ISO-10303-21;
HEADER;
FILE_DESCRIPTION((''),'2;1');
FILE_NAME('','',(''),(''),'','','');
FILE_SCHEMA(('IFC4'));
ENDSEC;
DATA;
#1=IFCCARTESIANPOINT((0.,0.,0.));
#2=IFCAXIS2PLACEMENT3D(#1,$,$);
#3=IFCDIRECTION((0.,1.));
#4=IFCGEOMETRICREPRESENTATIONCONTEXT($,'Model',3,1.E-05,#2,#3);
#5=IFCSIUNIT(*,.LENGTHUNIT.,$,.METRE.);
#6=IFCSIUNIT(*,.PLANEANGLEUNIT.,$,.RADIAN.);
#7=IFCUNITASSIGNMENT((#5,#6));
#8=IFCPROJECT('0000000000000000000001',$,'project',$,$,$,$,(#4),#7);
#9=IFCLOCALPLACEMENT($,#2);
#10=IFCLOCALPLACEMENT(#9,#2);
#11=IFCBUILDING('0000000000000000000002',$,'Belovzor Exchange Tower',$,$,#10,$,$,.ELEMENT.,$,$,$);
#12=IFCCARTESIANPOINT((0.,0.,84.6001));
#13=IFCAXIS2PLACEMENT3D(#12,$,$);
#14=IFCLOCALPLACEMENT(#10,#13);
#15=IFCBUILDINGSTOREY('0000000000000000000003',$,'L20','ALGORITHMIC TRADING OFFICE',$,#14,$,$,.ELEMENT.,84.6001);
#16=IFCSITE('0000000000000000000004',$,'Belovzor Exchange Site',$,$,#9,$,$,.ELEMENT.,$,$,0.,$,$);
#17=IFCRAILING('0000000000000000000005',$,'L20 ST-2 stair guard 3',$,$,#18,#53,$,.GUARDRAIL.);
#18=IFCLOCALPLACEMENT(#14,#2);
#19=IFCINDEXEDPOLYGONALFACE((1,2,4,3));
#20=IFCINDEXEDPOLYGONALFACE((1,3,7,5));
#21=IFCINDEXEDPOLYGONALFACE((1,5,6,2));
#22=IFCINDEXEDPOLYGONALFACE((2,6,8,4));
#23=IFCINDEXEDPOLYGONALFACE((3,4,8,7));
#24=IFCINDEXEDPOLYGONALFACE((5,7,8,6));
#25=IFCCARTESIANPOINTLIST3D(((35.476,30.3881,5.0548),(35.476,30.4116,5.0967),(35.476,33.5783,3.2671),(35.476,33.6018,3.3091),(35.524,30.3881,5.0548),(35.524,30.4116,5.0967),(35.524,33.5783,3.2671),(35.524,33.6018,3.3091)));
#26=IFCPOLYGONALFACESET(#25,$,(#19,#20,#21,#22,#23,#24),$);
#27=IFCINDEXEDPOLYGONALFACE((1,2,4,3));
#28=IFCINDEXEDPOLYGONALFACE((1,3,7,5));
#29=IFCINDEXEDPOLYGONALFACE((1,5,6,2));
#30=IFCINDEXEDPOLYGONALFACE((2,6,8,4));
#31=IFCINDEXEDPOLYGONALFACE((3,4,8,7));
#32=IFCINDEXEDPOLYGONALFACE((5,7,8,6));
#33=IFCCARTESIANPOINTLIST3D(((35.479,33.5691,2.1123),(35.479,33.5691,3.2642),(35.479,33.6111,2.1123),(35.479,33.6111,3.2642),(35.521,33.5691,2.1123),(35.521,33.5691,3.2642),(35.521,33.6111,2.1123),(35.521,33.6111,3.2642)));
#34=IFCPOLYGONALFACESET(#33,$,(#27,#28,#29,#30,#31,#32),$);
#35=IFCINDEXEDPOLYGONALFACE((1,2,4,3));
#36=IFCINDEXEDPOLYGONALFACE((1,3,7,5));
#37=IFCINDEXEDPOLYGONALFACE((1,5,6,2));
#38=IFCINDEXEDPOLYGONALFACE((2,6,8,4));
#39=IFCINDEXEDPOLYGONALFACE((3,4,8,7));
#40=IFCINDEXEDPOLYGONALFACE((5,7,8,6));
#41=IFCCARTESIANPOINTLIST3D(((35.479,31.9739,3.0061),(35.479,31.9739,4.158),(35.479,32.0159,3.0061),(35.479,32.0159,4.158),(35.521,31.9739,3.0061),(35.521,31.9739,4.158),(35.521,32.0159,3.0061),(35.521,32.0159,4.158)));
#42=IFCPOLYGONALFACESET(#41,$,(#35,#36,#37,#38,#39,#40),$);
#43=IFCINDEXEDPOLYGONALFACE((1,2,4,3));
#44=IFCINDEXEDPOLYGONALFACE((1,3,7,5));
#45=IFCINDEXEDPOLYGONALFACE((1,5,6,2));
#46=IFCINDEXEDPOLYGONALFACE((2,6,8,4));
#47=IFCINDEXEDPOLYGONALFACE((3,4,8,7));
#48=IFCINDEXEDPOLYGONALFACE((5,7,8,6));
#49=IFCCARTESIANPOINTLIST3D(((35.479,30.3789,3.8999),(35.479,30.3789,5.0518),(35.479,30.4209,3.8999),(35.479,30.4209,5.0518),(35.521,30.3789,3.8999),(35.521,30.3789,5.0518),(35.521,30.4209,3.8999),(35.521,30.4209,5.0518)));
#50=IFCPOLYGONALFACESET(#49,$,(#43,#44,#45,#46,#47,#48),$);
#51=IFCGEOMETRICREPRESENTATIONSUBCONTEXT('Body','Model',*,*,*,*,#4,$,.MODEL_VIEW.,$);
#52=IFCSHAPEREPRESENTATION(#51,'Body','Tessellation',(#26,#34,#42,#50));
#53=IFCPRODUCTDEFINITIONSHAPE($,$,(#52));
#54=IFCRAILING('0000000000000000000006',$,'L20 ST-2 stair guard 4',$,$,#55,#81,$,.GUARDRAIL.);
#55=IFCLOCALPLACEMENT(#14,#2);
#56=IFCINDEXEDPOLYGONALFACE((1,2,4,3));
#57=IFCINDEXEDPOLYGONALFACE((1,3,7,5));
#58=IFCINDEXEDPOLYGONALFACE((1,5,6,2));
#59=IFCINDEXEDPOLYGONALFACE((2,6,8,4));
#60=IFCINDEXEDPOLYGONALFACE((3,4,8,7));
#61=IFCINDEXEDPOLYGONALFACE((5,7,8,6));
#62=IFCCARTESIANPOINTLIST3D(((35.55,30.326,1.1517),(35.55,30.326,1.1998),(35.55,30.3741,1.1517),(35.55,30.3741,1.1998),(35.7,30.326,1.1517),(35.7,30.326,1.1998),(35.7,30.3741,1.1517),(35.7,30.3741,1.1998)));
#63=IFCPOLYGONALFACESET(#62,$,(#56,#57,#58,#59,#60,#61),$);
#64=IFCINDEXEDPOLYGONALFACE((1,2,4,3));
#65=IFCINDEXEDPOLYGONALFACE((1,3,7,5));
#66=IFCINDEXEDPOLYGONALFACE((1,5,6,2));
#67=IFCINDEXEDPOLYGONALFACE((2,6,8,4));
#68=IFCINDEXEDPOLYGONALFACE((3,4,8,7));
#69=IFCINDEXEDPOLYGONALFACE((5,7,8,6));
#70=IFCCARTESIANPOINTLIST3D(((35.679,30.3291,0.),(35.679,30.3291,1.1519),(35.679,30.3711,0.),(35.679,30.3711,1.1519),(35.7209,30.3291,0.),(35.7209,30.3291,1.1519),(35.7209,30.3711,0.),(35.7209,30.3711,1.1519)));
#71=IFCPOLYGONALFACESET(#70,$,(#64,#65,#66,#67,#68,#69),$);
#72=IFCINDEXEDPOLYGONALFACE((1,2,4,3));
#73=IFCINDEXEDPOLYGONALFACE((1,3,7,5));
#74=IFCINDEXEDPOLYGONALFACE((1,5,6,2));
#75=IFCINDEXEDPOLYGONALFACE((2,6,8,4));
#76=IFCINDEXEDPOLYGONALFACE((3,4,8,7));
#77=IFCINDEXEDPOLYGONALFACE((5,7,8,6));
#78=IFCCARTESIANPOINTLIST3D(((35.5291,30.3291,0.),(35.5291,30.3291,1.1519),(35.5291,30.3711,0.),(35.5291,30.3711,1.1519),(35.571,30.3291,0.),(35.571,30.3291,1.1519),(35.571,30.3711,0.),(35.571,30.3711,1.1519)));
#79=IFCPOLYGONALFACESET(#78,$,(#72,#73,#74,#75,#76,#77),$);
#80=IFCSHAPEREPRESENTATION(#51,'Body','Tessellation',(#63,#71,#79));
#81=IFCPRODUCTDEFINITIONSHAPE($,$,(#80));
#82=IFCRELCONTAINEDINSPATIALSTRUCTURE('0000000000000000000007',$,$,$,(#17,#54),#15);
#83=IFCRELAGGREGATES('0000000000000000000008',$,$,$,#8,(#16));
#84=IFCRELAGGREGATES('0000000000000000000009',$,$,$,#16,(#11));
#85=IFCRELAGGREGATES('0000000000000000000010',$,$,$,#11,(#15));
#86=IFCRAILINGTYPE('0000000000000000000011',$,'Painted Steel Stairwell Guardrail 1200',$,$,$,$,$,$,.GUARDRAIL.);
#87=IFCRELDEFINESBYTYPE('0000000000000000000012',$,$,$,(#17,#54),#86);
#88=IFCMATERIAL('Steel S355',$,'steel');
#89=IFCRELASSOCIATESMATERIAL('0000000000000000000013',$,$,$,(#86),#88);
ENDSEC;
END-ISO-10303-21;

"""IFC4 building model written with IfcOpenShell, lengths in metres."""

from ifc_helpers import new_model, si_unit, direction, frame, origin, origin_2d, place, context, subcontext, project, spatial, rectangle, extrude, material, type_object, element, save


model = new_model("IFC4")

# Units and contexts
model_context = context("Model", 3, precision=1e-05, world=origin(), true_north=direction((0.0, 1.0)))
body_context = subcontext(model_context, "Body", "Model", "MODEL_VIEW")
ifc_project = project(units=[si_unit("LENGTHUNIT", "METRE"), si_unit("PLANEANGLEUNIT", "RADIAN")], contexts=[model_context])

# Site, building, storey
site_placement = place(None, origin())
site = spatial("IfcSite", under=ifc_project, at=site_placement, Name="Belovzor Exchange Site", CompositionType="ELEMENT", RefElevation=0.0)
building_placement = place(site_placement, origin())
building = spatial("IfcBuilding", under=site, at=building_placement, Name="Belovzor Exchange Tower", CompositionType="ELEMENT")
storey_placement = place(building_placement, frame((0.0, 0.0, 84.6001)))
storey = spatial("IfcBuildingStorey", under=building, at=storey_placement, Name="L20", Description="ALGORITHMIC TRADING OFFICE", CompositionType="ELEMENT", Elevation=84.6001)

# Railings
ifc_material_1 = material(Name="Steel S355", Category="steel")
railing_type_1 = type_object("IfcRailingType", Name="Painted Steel Stairwell Guardrail 1200", PredefinedType="GUARDRAIL", material=ifc_material_1)
railing_1_placement = place(storey_placement, frame((35.5, 33.5901, 2.1123)))
element("IfcRailing", 1, at=railing_1_placement, inside=storey, type_object=railing_type_1, Name="L20 ST-2 stair guard 3", PredefinedType="GUARDRAIL", context=body_context, shape_type="SweptSolid", body=[
    extrude(rectangle(XDim=0.0481, YDim=0.0481, at=origin_2d()), frame((0.0, 0.0, 1.1758), z_axis=(0.0, -0.872378, 0.488831), x_axis=(1.0, 0.0, 0.0)), (0.0, 0.0, 1.0), 3.657),
    extrude(rectangle(XDim=0.042, YDim=0.042, at=origin_2d()), origin(), (0.0, 0.0, 1.0), 1.1519),
    extrude(rectangle(XDim=0.042, YDim=0.042, at=origin_2d()), frame((0.0, -1.5952, 0.8938)), (0.0, 0.0, 1.0), 1.1519),
    extrude(rectangle(XDim=0.042, YDim=0.042, at=origin_2d()), frame((0.0, -3.1902, 1.7876)), (0.0, 0.0, 1.0), 1.1519),
])
railing_2_placement = place(storey_placement, frame((35.7, 30.3501, 0.0)))
element("IfcRailing", 2, at=railing_2_placement, inside=storey, type_object=railing_type_1, Name="L20 ST-2 stair guard 4", PredefinedType="GUARDRAIL", context=body_context, shape_type="SweptSolid", body=[
    extrude(rectangle(XDim=0.0481, YDim=0.0481, at=origin_2d()), frame((0.0, 0.0, 1.1758), z_axis=(-1.0, 0.0, 0.0), x_axis=(0.0, -1.0, 0.0)), (0.0, 0.0, 1.0), 0.1499),
    extrude(rectangle(XDim=0.042, YDim=0.042, at=origin_2d()), origin(), (0.0, 0.0, 1.0), 1.1519),
    extrude(rectangle(XDim=0.042, YDim=0.042, at=origin_2d()), frame((-0.1499, 0.0, 0.0)), (0.0, 0.0, 1.0), 1.1519),
])

save(model, "model.ifc")
